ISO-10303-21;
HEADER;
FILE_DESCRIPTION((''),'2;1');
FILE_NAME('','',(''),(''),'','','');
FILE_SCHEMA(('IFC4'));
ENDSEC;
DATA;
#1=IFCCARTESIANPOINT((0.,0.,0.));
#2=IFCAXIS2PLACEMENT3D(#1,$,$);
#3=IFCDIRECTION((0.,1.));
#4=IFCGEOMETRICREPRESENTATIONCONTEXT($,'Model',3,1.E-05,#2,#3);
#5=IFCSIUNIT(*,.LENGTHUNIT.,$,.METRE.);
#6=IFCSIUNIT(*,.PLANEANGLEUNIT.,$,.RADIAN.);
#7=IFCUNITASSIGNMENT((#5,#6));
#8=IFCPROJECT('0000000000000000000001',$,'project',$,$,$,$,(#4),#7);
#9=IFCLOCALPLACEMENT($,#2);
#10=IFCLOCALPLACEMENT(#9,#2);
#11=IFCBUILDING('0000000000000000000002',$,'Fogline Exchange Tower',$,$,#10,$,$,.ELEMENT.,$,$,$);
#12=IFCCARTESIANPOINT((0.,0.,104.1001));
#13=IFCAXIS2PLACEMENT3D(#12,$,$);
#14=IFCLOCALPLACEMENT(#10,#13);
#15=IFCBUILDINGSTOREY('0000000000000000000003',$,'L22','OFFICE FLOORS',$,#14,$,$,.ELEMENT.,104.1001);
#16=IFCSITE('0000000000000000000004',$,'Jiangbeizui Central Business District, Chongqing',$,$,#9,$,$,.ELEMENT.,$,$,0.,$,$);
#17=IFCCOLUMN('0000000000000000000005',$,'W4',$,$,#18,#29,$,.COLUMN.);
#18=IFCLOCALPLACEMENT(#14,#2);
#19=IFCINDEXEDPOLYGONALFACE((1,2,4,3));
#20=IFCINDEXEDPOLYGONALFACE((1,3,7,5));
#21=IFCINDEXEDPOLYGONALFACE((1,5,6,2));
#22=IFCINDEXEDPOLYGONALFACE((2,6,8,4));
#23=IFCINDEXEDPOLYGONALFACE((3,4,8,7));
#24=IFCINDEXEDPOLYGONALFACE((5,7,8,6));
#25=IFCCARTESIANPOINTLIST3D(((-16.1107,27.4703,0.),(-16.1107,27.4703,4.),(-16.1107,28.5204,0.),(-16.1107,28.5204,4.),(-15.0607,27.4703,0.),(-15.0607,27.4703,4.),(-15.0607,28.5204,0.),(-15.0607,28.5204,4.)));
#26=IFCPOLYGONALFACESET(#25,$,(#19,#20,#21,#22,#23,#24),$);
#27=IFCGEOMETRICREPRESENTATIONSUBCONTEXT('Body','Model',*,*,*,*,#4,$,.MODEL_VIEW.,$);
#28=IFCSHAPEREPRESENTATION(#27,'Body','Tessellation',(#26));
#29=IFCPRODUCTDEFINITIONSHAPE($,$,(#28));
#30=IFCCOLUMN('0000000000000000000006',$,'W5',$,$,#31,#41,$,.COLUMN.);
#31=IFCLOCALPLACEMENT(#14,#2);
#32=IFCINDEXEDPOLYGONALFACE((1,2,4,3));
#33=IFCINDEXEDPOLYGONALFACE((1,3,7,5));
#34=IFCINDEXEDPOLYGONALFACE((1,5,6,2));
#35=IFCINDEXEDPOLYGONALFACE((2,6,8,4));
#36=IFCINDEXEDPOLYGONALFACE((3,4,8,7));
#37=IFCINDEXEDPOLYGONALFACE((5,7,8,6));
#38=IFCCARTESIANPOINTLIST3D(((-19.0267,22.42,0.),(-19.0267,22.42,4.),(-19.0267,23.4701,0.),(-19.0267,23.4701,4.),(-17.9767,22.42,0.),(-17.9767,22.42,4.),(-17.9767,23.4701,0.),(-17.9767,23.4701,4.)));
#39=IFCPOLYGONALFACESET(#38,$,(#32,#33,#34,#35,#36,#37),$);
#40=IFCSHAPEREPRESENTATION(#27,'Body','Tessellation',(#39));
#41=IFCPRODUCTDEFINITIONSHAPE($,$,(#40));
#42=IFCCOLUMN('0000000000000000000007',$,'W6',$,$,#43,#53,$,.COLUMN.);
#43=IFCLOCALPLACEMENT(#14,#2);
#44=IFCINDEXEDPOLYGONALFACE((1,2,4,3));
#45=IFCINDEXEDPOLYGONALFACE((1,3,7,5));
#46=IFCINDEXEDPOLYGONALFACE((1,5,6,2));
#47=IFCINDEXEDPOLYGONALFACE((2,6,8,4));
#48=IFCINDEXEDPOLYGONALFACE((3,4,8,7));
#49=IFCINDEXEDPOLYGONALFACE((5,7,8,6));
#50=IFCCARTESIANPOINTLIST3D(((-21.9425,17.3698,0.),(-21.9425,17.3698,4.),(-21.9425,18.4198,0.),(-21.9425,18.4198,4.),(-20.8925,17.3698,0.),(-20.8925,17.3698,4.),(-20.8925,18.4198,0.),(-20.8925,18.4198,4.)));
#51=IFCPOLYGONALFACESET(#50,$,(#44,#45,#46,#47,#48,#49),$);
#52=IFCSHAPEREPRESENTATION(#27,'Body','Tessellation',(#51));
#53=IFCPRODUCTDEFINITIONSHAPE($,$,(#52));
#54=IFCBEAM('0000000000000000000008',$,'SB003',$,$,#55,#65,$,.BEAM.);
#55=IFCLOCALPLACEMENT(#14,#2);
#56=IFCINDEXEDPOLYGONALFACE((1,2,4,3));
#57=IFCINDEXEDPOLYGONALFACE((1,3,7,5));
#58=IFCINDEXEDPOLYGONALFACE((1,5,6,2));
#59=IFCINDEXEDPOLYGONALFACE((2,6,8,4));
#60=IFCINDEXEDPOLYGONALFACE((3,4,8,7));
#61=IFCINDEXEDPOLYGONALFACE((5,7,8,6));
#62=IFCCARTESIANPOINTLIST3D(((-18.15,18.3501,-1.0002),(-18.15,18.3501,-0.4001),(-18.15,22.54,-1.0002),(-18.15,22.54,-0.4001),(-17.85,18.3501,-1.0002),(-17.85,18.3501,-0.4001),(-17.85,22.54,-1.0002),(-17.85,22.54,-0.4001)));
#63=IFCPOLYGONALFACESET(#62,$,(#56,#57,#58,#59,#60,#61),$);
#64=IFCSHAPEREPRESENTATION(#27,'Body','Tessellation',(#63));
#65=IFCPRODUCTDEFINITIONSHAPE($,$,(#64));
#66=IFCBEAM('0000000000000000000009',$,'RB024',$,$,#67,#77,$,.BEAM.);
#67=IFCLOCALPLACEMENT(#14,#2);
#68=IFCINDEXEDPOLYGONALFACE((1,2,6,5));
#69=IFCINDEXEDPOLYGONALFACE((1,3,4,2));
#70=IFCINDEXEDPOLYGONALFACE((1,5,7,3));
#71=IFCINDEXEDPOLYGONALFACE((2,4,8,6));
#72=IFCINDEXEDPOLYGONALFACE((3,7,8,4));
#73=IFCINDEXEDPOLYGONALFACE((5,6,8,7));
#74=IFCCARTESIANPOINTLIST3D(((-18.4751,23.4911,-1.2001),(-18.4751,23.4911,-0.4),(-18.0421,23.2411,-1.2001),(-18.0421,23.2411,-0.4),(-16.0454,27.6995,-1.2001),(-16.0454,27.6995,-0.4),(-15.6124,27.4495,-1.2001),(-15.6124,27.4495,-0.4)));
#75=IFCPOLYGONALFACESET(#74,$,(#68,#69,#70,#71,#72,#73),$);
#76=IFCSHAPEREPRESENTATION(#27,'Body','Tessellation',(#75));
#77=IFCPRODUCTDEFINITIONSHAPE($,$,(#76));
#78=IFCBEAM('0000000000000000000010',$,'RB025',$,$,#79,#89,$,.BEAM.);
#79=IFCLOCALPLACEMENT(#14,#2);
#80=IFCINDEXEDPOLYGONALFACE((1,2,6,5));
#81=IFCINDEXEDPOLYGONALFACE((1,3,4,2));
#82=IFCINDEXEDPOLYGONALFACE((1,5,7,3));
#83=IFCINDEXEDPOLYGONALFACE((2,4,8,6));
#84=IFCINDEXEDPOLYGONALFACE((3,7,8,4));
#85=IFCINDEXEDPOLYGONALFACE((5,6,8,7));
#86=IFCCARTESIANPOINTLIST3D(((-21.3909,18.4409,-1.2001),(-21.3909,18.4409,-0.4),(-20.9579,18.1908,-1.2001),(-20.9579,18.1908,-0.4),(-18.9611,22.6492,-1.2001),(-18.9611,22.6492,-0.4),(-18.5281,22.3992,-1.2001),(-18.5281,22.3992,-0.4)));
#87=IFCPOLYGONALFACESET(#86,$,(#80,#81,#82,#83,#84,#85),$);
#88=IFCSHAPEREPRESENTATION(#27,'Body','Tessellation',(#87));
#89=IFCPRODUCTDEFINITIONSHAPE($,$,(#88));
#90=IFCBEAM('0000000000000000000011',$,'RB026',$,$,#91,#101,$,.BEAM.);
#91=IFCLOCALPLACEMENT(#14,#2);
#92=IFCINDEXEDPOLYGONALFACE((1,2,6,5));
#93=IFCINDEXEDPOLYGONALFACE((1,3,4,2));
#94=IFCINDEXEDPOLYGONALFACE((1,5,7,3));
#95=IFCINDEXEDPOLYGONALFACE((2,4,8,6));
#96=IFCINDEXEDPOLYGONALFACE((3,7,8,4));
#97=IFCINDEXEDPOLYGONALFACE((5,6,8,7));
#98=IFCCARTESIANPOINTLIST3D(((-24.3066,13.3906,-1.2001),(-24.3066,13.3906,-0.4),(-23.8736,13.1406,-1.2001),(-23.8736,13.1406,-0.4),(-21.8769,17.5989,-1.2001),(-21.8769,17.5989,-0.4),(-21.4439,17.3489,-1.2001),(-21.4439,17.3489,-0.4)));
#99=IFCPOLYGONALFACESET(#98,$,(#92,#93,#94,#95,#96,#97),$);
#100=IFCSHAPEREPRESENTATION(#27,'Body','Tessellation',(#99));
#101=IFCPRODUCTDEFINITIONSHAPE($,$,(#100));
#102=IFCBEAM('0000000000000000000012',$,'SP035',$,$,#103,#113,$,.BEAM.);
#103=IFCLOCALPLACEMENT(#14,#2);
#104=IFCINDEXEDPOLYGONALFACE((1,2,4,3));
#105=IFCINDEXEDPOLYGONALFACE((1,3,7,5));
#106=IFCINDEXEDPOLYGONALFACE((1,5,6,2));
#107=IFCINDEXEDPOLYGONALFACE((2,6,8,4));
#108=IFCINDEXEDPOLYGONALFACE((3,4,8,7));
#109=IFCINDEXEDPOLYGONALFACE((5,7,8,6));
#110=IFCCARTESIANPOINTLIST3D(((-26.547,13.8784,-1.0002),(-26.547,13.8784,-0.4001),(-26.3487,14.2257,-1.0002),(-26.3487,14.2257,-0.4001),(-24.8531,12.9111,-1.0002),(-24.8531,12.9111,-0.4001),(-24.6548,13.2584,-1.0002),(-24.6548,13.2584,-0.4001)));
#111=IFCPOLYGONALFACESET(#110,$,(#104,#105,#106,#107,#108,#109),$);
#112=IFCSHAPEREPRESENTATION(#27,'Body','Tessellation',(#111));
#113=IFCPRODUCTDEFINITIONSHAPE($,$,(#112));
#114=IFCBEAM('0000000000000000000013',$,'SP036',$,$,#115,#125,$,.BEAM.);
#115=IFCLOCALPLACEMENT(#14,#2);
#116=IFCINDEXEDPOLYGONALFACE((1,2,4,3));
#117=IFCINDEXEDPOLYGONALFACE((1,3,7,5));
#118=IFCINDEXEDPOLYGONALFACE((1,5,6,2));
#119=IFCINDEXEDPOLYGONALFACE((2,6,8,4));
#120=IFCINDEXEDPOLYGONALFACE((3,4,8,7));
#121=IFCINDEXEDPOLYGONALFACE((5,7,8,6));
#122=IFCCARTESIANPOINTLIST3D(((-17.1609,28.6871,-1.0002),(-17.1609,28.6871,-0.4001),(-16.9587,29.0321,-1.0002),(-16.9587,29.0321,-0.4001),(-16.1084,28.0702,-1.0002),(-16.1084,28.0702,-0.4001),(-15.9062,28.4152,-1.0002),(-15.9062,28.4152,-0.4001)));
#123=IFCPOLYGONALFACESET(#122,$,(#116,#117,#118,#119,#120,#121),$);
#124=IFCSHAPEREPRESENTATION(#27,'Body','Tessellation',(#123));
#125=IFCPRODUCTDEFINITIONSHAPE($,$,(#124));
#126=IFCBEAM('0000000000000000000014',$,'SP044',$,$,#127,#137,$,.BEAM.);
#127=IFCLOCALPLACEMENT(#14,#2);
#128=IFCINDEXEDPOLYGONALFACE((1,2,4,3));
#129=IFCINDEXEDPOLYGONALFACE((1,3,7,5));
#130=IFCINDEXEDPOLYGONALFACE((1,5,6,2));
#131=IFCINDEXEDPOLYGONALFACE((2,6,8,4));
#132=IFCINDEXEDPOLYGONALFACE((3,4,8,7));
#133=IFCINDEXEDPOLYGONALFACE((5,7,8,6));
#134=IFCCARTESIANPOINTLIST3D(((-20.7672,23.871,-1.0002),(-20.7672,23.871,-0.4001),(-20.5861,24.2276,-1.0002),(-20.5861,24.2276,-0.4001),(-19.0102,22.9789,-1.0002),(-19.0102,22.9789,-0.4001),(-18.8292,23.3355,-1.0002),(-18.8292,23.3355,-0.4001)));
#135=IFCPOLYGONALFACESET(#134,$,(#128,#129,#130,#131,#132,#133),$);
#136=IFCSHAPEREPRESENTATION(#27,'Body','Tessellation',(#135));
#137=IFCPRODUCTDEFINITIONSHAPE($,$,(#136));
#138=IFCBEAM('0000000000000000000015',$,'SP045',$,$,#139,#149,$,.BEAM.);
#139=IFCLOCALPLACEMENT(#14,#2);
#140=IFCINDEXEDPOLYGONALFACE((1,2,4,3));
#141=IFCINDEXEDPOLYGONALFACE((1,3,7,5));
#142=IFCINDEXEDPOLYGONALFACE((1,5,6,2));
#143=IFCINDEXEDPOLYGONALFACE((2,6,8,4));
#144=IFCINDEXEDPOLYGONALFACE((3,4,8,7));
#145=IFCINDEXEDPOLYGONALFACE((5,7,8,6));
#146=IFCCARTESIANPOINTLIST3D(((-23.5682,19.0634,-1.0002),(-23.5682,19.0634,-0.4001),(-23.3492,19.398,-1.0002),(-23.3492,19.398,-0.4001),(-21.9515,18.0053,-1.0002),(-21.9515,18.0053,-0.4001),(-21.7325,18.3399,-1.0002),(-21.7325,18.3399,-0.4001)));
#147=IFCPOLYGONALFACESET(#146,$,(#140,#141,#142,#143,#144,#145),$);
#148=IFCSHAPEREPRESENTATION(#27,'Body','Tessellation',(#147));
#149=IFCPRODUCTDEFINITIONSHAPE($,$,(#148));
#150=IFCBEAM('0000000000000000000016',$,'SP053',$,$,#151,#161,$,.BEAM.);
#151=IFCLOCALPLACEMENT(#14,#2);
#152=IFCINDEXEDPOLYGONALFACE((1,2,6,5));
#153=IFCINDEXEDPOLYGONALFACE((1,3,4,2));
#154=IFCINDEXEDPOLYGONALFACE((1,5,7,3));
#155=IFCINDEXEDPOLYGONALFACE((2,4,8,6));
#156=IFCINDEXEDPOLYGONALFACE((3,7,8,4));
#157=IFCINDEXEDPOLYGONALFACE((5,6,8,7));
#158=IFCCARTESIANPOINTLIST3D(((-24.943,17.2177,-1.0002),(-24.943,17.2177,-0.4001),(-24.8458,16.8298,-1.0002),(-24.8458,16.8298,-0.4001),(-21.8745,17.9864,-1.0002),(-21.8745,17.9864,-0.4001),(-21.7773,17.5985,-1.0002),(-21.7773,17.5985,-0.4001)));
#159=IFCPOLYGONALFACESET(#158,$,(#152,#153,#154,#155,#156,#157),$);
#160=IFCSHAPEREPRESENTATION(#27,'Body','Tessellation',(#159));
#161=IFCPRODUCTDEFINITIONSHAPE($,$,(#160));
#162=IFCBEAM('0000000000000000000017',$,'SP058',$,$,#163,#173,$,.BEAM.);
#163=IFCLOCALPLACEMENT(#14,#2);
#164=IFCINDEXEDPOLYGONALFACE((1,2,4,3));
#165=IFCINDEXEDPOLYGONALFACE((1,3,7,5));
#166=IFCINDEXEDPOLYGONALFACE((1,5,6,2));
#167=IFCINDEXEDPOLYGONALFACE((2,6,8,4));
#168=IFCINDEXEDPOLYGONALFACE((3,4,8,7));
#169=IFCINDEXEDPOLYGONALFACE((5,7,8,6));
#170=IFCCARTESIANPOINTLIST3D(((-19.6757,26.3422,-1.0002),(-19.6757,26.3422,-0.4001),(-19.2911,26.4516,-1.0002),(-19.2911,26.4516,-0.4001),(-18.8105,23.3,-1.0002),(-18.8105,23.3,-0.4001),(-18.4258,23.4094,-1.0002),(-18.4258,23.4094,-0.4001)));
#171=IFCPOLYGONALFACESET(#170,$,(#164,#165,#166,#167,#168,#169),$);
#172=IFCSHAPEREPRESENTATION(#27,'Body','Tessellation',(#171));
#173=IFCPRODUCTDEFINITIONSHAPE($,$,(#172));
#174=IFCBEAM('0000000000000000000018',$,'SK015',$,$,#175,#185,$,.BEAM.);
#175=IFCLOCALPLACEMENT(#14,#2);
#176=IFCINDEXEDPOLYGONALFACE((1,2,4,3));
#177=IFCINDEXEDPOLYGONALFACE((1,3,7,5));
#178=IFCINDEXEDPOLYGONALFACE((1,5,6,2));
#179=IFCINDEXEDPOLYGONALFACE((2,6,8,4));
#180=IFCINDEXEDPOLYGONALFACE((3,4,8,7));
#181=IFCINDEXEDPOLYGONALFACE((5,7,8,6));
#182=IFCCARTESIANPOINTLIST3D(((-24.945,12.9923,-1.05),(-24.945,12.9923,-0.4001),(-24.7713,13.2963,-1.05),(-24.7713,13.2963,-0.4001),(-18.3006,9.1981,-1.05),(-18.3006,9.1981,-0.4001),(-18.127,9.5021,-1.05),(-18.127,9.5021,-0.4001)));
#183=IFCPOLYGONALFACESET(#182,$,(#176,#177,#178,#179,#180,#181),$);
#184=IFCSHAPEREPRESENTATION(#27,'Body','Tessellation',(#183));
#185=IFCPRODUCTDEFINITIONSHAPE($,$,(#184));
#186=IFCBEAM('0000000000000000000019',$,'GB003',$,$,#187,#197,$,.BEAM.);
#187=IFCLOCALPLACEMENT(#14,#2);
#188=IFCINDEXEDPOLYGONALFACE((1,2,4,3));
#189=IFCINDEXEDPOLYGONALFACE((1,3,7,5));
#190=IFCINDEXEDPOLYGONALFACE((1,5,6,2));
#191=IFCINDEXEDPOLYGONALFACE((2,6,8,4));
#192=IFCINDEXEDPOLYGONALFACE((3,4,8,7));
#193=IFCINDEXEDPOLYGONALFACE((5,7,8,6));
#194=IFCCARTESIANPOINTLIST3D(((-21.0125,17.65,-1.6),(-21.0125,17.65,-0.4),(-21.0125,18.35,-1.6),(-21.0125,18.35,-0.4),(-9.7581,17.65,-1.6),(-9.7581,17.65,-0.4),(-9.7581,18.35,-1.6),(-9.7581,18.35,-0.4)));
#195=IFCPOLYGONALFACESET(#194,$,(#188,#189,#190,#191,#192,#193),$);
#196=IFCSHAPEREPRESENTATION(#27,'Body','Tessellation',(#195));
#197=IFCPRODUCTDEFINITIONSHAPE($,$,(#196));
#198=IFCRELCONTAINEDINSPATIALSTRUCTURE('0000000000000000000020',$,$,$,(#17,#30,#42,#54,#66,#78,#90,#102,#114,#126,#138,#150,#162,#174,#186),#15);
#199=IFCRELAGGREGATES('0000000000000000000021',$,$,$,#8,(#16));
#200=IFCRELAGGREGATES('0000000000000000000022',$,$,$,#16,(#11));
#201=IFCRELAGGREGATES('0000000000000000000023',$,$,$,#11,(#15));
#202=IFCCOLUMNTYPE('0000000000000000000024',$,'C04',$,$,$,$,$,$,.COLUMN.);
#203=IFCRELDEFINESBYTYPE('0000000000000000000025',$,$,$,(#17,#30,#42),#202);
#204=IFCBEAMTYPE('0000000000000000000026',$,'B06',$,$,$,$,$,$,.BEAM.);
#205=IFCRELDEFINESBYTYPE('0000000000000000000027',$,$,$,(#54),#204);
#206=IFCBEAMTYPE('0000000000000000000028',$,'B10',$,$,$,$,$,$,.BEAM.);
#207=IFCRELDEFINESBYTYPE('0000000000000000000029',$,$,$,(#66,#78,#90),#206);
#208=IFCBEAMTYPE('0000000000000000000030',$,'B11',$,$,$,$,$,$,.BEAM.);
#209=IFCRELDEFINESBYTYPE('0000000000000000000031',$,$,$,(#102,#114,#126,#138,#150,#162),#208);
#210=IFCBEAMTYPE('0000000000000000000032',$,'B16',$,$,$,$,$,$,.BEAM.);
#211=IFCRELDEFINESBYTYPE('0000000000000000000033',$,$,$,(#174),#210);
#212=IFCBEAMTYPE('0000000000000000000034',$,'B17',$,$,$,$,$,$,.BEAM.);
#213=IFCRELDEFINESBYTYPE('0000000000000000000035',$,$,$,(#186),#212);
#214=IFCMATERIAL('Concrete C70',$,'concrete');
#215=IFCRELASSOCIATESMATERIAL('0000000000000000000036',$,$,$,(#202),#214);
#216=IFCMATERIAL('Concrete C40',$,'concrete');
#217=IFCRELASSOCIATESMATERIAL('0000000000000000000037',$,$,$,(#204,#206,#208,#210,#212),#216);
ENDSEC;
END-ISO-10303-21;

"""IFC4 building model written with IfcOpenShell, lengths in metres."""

from ifc_helpers import new_model, si_unit, direction, frame, origin, origin_2d, place, context, subcontext, project, spatial, rectangle, extrude, material, material_profile, profile_set, type_object, element, save


model = new_model("IFC4")

# Units and contexts
model_context = context("Model", 3, precision=1e-05, world=origin(), true_north=direction((0.0, 1.0)))
body_context = subcontext(model_context, "Body", "Model", "MODEL_VIEW")
ifc_project = project(units=[si_unit("LENGTHUNIT", "METRE"), si_unit("PLANEANGLEUNIT", "RADIAN")], contexts=[model_context])

# Site, building, storey
site_placement = place(None, origin())
site = spatial("IfcSite", under=ifc_project, at=site_placement, Name="Jiangbeizui Central Business District, Chongqing", CompositionType="ELEMENT", RefElevation=0.0)
building_placement = place(site_placement, origin())
building = spatial("IfcBuilding", under=site, at=building_placement, Name="Fogline Exchange Tower", CompositionType="ELEMENT")
storey_placement = place(building_placement, frame((0.0, 0.0, 104.1001)))
storey = spatial("IfcBuildingStorey", under=building, at=storey_placement, Name="L22", Description="OFFICE FLOORS", CompositionType="ELEMENT", Elevation=104.1001)

# Columns
ifc_material_1 = material(Name="Concrete C70", Category="concrete")
ifc_material_profile_1 = material_profile(ifc_material_1, rectangle(XDim=1.05, YDim=1.05, at=origin_2d()), Name="RC 1050x1050")
ifc_profile_set_1 = profile_set([ifc_material_profile_1], Name="Concrete C70")
column_type = type_object("IfcColumnType", Name="C04", PredefinedType="COLUMN", material=ifc_profile_set_1)
for number, where, z_axis, x_axis, name in (
    (1, (-15.5857, 27.9954, 0.0), (0.0, 0.0, 1.0), (1.0, 0.0, 0.0), "W4"),
    (2, (-18.5017, 22.9451, 0.0), (0.0, 0.0, 1.0), (1.0, 0.0, 0.0), "W5"),
    (3, (-21.4175, 17.8948, 0.0), (0.0, 0.0, 1.0), (1.0, 0.0, 0.0), "W6"),
):
    element("IfcColumn", number, at=place(storey_placement, frame(where, z_axis=z_axis, x_axis=x_axis)), inside=storey, type_object=column_type, Name=name, PredefinedType="COLUMN", context=body_context, shape_type="SweptSolid", body=[
        extrude(rectangle(XDim=1.05, YDim=1.05, at=origin_2d()), origin(), (0.0, 0.0, 1.0), 4.0),
    ])

# Beams
ifc_material_2 = material(Name="Concrete C40", Category="concrete")
ifc_material_profile_2 = material_profile(ifc_material_2, rectangle(XDim=0.3, YDim=0.6001, at=origin_2d()), Name="RC 300x600")
ifc_profile_set_2 = profile_set([ifc_material_profile_2], Name="Concrete C40")
beam_type_1 = type_object("IfcBeamType", Name="B06", PredefinedType="BEAM", material=ifc_profile_set_2)
beam_1_placement = place(storey_placement, frame((-18.0, 18.3501, -0.7002), z_axis=(0.0, 1.0, 0.0), x_axis=(-1.0, 0.0, 0.0)))
element("IfcBeam", 4, at=beam_1_placement, inside=storey, type_object=beam_type_1, Name="SB003", PredefinedType="BEAM", context=body_context, shape_type="SweptSolid", body=[
    extrude(rectangle(XDim=0.3, YDim=0.6001, at=origin_2d()), origin(), (0.0, 0.0, 1.0), 4.1899),
])
ifc_material_profile_3 = material_profile(ifc_material_2, rectangle(XDim=0.5, YDim=0.8, at=origin_2d()), Name="RC 500x800")
ifc_profile_set_3 = profile_set([ifc_material_profile_3], Name="Concrete C40")
beam_type_2 = type_object("IfcBeamType", Name="B10", PredefinedType="BEAM", material=ifc_profile_set_3)
for number, where, z_axis, x_axis, name in (
    (5, (-15.8289, 27.5745, -0.8), (-0.500008, -0.866021, 0.0), (0.866021, -0.500008, 0.0), "RB024"),
    (6, (-18.7446, 22.5242, -0.8), (-0.500008, -0.866021, 0.0), (0.866021, -0.500008, 0.0), "RB025"),
    (7, (-21.6604, 17.4739, -0.8), (-0.500008, -0.866021, 0.0), (0.866021, -0.500008, 0.0), "RB026"),
):
    element("IfcBeam", number, at=place(storey_placement, frame(where, z_axis=z_axis, x_axis=x_axis)), inside=storey, type_object=beam_type_2, Name=name, PredefinedType="BEAM", context=body_context, shape_type="SweptSolid", body=[
        extrude(rectangle(XDim=0.5, YDim=0.8, at=origin_2d()), origin(), (0.0, 0.0, 1.0), 4.8594),
    ])
ifc_material_profile_4 = material_profile(ifc_material_2, rectangle(XDim=0.3999, YDim=0.6001, at=origin_2d()), Name="RC 400x600")
ifc_profile_set_4 = profile_set([ifc_material_profile_4], Name="Concrete C40")
beam_type_3 = type_object("IfcBeamType", Name="B11", PredefinedType="BEAM", material=ifc_profile_set_4)
beam_2_placement = place(storey_placement, frame((-24.7539, 13.0847, -0.7002), z_axis=(-0.868382, 0.495896, 0.0), x_axis=(-0.495896, -0.868382, 0.0)))
element("IfcBeam", 8, at=beam_2_placement, inside=storey, type_object=beam_type_3, Name="SP035", PredefinedType="BEAM", context=body_context, shape_type="SweptSolid", body=[
    extrude(rectangle(XDim=0.3999, YDim=0.6001, at=origin_2d()), origin(), (0.0, 0.0, 1.0), 1.9507),
])
beam_3_placement = place(storey_placement, frame((-16.0073, 28.2427, -0.7002), z_axis=(-0.86271, 0.505699, 0.0), x_axis=(-0.505699, -0.86271, 0.0)))
element("IfcBeam", 9, at=beam_3_placement, inside=storey, type_object=beam_type_3, Name="SP036", PredefinedType="BEAM", context=body_context, shape_type="SweptSolid", body=[
    extrude(rectangle(XDim=0.3999, YDim=0.6001, at=origin_2d()), origin(), (0.0, 0.0, 1.0), 1.22),
])
beam_4_placement = place(storey_placement, frame((-18.9197, 23.1572, -0.7002), z_axis=(-0.89166, 0.452706, 0.0), x_axis=(-0.452706, -0.89166, 0.0)))
element("IfcBeam", 10, at=beam_4_placement, inside=storey, type_object=beam_type_3, Name="SP044", PredefinedType="BEAM", context=body_context, shape_type="SweptSolid", body=[
    extrude(rectangle(XDim=0.3999, YDim=0.6001, at=origin_2d()), origin(), (0.0, 0.0, 1.0), 1.9705),
])
beam_5_placement = place(storey_placement, frame((-21.842, 18.1726, -0.7002), z_axis=(-0.836725, 0.547624, 0.0), x_axis=(-0.547624, -0.836725, 0.0)))
element("IfcBeam", 11, at=beam_5_placement, inside=storey, type_object=beam_type_3, Name="SP045", PredefinedType="BEAM", context=body_context, shape_type="SweptSolid", body=[
    extrude(rectangle(XDim=0.3999, YDim=0.6001, at=origin_2d()), origin(), (0.0, 0.0, 1.0), 1.9321),
])
beam_6_placement = place(storey_placement, frame((-21.8259, 17.7925, -0.7002), z_axis=(-0.97002, -0.243026, 0.0), x_axis=(0.243026, -0.97002, 0.0)))
element("IfcBeam", 12, at=beam_6_placement, inside=storey, type_object=beam_type_3, Name="SP053", PredefinedType="BEAM", context=body_context, shape_type="SweptSolid", body=[
    extrude(rectangle(XDim=0.3999, YDim=0.6001, at=origin_2d()), origin(), (0.0, 0.0, 1.0), 3.1633),
])
beam_7_placement = place(storey_placement, frame((-18.6182, 23.3547, -0.7002), z_axis=(-0.273559, 0.961855, 0.0), x_axis=(-0.961855, -0.273559, 0.0)))
element("IfcBeam", 13, at=beam_7_placement, inside=storey, type_object=beam_type_3, Name="SP058", PredefinedType="BEAM", context=body_context, shape_type="SweptSolid", body=[
    extrude(rectangle(XDim=0.3999, YDim=0.6001, at=origin_2d()), origin(), (0.0, 0.0, 1.0), 3.1628),
])
ifc_material_profile_5 = material_profile(ifc_material_2, rectangle(XDim=0.3501, YDim=0.6499, at=origin_2d()), Name="RC 350x650")
ifc_profile_set_5 = profile_set([ifc_material_profile_5], Name="Concrete C40")
beam_type_4 = type_object("IfcBeamType", Name="B16", PredefinedType="BEAM", material=ifc_profile_set_5)
beam_8_placement = place(storey_placement, frame((-24.8582, 13.1443, -0.7251), z_axis=(0.868386, -0.495888, 0.0), x_axis=(0.495888, 0.868386, 0.0)))
element("IfcBeam", 14, at=beam_8_placement, inside=storey, type_object=beam_type_4, Name="SK015", PredefinedType="BEAM", context=body_context, shape_type="SweptSolid", body=[
    extrude(rectangle(XDim=0.3501, YDim=0.6499, at=origin_2d()), origin(), (0.0, 0.0, 1.0), 7.6514),
])
ifc_material_profile_6 = material_profile(ifc_material_2, rectangle(XDim=0.7, YDim=1.2, at=origin_2d()), Name="RC 700x1200")
ifc_profile_set_6 = profile_set([ifc_material_profile_6], Name="Concrete C40")
beam_type_5 = type_object("IfcBeamType", Name="B17", PredefinedType="BEAM", material=ifc_profile_set_6)
beam_9_placement = place(storey_placement, frame((-21.0125, 18.0, -1.0), z_axis=(1.0, 0.0, 0.0), x_axis=(0.0, 1.0, 0.0)))
element("IfcBeam", 15, at=beam_9_placement, inside=storey, type_object=beam_type_5, Name="GB003", PredefinedType="BEAM", context=body_context, shape_type="SweptSolid", body=[
    extrude(rectangle(XDim=0.7, YDim=1.2, at=origin_2d()), origin(), (0.0, 0.0, 1.0), 11.2544),
])

save(model, "model.ifc")
